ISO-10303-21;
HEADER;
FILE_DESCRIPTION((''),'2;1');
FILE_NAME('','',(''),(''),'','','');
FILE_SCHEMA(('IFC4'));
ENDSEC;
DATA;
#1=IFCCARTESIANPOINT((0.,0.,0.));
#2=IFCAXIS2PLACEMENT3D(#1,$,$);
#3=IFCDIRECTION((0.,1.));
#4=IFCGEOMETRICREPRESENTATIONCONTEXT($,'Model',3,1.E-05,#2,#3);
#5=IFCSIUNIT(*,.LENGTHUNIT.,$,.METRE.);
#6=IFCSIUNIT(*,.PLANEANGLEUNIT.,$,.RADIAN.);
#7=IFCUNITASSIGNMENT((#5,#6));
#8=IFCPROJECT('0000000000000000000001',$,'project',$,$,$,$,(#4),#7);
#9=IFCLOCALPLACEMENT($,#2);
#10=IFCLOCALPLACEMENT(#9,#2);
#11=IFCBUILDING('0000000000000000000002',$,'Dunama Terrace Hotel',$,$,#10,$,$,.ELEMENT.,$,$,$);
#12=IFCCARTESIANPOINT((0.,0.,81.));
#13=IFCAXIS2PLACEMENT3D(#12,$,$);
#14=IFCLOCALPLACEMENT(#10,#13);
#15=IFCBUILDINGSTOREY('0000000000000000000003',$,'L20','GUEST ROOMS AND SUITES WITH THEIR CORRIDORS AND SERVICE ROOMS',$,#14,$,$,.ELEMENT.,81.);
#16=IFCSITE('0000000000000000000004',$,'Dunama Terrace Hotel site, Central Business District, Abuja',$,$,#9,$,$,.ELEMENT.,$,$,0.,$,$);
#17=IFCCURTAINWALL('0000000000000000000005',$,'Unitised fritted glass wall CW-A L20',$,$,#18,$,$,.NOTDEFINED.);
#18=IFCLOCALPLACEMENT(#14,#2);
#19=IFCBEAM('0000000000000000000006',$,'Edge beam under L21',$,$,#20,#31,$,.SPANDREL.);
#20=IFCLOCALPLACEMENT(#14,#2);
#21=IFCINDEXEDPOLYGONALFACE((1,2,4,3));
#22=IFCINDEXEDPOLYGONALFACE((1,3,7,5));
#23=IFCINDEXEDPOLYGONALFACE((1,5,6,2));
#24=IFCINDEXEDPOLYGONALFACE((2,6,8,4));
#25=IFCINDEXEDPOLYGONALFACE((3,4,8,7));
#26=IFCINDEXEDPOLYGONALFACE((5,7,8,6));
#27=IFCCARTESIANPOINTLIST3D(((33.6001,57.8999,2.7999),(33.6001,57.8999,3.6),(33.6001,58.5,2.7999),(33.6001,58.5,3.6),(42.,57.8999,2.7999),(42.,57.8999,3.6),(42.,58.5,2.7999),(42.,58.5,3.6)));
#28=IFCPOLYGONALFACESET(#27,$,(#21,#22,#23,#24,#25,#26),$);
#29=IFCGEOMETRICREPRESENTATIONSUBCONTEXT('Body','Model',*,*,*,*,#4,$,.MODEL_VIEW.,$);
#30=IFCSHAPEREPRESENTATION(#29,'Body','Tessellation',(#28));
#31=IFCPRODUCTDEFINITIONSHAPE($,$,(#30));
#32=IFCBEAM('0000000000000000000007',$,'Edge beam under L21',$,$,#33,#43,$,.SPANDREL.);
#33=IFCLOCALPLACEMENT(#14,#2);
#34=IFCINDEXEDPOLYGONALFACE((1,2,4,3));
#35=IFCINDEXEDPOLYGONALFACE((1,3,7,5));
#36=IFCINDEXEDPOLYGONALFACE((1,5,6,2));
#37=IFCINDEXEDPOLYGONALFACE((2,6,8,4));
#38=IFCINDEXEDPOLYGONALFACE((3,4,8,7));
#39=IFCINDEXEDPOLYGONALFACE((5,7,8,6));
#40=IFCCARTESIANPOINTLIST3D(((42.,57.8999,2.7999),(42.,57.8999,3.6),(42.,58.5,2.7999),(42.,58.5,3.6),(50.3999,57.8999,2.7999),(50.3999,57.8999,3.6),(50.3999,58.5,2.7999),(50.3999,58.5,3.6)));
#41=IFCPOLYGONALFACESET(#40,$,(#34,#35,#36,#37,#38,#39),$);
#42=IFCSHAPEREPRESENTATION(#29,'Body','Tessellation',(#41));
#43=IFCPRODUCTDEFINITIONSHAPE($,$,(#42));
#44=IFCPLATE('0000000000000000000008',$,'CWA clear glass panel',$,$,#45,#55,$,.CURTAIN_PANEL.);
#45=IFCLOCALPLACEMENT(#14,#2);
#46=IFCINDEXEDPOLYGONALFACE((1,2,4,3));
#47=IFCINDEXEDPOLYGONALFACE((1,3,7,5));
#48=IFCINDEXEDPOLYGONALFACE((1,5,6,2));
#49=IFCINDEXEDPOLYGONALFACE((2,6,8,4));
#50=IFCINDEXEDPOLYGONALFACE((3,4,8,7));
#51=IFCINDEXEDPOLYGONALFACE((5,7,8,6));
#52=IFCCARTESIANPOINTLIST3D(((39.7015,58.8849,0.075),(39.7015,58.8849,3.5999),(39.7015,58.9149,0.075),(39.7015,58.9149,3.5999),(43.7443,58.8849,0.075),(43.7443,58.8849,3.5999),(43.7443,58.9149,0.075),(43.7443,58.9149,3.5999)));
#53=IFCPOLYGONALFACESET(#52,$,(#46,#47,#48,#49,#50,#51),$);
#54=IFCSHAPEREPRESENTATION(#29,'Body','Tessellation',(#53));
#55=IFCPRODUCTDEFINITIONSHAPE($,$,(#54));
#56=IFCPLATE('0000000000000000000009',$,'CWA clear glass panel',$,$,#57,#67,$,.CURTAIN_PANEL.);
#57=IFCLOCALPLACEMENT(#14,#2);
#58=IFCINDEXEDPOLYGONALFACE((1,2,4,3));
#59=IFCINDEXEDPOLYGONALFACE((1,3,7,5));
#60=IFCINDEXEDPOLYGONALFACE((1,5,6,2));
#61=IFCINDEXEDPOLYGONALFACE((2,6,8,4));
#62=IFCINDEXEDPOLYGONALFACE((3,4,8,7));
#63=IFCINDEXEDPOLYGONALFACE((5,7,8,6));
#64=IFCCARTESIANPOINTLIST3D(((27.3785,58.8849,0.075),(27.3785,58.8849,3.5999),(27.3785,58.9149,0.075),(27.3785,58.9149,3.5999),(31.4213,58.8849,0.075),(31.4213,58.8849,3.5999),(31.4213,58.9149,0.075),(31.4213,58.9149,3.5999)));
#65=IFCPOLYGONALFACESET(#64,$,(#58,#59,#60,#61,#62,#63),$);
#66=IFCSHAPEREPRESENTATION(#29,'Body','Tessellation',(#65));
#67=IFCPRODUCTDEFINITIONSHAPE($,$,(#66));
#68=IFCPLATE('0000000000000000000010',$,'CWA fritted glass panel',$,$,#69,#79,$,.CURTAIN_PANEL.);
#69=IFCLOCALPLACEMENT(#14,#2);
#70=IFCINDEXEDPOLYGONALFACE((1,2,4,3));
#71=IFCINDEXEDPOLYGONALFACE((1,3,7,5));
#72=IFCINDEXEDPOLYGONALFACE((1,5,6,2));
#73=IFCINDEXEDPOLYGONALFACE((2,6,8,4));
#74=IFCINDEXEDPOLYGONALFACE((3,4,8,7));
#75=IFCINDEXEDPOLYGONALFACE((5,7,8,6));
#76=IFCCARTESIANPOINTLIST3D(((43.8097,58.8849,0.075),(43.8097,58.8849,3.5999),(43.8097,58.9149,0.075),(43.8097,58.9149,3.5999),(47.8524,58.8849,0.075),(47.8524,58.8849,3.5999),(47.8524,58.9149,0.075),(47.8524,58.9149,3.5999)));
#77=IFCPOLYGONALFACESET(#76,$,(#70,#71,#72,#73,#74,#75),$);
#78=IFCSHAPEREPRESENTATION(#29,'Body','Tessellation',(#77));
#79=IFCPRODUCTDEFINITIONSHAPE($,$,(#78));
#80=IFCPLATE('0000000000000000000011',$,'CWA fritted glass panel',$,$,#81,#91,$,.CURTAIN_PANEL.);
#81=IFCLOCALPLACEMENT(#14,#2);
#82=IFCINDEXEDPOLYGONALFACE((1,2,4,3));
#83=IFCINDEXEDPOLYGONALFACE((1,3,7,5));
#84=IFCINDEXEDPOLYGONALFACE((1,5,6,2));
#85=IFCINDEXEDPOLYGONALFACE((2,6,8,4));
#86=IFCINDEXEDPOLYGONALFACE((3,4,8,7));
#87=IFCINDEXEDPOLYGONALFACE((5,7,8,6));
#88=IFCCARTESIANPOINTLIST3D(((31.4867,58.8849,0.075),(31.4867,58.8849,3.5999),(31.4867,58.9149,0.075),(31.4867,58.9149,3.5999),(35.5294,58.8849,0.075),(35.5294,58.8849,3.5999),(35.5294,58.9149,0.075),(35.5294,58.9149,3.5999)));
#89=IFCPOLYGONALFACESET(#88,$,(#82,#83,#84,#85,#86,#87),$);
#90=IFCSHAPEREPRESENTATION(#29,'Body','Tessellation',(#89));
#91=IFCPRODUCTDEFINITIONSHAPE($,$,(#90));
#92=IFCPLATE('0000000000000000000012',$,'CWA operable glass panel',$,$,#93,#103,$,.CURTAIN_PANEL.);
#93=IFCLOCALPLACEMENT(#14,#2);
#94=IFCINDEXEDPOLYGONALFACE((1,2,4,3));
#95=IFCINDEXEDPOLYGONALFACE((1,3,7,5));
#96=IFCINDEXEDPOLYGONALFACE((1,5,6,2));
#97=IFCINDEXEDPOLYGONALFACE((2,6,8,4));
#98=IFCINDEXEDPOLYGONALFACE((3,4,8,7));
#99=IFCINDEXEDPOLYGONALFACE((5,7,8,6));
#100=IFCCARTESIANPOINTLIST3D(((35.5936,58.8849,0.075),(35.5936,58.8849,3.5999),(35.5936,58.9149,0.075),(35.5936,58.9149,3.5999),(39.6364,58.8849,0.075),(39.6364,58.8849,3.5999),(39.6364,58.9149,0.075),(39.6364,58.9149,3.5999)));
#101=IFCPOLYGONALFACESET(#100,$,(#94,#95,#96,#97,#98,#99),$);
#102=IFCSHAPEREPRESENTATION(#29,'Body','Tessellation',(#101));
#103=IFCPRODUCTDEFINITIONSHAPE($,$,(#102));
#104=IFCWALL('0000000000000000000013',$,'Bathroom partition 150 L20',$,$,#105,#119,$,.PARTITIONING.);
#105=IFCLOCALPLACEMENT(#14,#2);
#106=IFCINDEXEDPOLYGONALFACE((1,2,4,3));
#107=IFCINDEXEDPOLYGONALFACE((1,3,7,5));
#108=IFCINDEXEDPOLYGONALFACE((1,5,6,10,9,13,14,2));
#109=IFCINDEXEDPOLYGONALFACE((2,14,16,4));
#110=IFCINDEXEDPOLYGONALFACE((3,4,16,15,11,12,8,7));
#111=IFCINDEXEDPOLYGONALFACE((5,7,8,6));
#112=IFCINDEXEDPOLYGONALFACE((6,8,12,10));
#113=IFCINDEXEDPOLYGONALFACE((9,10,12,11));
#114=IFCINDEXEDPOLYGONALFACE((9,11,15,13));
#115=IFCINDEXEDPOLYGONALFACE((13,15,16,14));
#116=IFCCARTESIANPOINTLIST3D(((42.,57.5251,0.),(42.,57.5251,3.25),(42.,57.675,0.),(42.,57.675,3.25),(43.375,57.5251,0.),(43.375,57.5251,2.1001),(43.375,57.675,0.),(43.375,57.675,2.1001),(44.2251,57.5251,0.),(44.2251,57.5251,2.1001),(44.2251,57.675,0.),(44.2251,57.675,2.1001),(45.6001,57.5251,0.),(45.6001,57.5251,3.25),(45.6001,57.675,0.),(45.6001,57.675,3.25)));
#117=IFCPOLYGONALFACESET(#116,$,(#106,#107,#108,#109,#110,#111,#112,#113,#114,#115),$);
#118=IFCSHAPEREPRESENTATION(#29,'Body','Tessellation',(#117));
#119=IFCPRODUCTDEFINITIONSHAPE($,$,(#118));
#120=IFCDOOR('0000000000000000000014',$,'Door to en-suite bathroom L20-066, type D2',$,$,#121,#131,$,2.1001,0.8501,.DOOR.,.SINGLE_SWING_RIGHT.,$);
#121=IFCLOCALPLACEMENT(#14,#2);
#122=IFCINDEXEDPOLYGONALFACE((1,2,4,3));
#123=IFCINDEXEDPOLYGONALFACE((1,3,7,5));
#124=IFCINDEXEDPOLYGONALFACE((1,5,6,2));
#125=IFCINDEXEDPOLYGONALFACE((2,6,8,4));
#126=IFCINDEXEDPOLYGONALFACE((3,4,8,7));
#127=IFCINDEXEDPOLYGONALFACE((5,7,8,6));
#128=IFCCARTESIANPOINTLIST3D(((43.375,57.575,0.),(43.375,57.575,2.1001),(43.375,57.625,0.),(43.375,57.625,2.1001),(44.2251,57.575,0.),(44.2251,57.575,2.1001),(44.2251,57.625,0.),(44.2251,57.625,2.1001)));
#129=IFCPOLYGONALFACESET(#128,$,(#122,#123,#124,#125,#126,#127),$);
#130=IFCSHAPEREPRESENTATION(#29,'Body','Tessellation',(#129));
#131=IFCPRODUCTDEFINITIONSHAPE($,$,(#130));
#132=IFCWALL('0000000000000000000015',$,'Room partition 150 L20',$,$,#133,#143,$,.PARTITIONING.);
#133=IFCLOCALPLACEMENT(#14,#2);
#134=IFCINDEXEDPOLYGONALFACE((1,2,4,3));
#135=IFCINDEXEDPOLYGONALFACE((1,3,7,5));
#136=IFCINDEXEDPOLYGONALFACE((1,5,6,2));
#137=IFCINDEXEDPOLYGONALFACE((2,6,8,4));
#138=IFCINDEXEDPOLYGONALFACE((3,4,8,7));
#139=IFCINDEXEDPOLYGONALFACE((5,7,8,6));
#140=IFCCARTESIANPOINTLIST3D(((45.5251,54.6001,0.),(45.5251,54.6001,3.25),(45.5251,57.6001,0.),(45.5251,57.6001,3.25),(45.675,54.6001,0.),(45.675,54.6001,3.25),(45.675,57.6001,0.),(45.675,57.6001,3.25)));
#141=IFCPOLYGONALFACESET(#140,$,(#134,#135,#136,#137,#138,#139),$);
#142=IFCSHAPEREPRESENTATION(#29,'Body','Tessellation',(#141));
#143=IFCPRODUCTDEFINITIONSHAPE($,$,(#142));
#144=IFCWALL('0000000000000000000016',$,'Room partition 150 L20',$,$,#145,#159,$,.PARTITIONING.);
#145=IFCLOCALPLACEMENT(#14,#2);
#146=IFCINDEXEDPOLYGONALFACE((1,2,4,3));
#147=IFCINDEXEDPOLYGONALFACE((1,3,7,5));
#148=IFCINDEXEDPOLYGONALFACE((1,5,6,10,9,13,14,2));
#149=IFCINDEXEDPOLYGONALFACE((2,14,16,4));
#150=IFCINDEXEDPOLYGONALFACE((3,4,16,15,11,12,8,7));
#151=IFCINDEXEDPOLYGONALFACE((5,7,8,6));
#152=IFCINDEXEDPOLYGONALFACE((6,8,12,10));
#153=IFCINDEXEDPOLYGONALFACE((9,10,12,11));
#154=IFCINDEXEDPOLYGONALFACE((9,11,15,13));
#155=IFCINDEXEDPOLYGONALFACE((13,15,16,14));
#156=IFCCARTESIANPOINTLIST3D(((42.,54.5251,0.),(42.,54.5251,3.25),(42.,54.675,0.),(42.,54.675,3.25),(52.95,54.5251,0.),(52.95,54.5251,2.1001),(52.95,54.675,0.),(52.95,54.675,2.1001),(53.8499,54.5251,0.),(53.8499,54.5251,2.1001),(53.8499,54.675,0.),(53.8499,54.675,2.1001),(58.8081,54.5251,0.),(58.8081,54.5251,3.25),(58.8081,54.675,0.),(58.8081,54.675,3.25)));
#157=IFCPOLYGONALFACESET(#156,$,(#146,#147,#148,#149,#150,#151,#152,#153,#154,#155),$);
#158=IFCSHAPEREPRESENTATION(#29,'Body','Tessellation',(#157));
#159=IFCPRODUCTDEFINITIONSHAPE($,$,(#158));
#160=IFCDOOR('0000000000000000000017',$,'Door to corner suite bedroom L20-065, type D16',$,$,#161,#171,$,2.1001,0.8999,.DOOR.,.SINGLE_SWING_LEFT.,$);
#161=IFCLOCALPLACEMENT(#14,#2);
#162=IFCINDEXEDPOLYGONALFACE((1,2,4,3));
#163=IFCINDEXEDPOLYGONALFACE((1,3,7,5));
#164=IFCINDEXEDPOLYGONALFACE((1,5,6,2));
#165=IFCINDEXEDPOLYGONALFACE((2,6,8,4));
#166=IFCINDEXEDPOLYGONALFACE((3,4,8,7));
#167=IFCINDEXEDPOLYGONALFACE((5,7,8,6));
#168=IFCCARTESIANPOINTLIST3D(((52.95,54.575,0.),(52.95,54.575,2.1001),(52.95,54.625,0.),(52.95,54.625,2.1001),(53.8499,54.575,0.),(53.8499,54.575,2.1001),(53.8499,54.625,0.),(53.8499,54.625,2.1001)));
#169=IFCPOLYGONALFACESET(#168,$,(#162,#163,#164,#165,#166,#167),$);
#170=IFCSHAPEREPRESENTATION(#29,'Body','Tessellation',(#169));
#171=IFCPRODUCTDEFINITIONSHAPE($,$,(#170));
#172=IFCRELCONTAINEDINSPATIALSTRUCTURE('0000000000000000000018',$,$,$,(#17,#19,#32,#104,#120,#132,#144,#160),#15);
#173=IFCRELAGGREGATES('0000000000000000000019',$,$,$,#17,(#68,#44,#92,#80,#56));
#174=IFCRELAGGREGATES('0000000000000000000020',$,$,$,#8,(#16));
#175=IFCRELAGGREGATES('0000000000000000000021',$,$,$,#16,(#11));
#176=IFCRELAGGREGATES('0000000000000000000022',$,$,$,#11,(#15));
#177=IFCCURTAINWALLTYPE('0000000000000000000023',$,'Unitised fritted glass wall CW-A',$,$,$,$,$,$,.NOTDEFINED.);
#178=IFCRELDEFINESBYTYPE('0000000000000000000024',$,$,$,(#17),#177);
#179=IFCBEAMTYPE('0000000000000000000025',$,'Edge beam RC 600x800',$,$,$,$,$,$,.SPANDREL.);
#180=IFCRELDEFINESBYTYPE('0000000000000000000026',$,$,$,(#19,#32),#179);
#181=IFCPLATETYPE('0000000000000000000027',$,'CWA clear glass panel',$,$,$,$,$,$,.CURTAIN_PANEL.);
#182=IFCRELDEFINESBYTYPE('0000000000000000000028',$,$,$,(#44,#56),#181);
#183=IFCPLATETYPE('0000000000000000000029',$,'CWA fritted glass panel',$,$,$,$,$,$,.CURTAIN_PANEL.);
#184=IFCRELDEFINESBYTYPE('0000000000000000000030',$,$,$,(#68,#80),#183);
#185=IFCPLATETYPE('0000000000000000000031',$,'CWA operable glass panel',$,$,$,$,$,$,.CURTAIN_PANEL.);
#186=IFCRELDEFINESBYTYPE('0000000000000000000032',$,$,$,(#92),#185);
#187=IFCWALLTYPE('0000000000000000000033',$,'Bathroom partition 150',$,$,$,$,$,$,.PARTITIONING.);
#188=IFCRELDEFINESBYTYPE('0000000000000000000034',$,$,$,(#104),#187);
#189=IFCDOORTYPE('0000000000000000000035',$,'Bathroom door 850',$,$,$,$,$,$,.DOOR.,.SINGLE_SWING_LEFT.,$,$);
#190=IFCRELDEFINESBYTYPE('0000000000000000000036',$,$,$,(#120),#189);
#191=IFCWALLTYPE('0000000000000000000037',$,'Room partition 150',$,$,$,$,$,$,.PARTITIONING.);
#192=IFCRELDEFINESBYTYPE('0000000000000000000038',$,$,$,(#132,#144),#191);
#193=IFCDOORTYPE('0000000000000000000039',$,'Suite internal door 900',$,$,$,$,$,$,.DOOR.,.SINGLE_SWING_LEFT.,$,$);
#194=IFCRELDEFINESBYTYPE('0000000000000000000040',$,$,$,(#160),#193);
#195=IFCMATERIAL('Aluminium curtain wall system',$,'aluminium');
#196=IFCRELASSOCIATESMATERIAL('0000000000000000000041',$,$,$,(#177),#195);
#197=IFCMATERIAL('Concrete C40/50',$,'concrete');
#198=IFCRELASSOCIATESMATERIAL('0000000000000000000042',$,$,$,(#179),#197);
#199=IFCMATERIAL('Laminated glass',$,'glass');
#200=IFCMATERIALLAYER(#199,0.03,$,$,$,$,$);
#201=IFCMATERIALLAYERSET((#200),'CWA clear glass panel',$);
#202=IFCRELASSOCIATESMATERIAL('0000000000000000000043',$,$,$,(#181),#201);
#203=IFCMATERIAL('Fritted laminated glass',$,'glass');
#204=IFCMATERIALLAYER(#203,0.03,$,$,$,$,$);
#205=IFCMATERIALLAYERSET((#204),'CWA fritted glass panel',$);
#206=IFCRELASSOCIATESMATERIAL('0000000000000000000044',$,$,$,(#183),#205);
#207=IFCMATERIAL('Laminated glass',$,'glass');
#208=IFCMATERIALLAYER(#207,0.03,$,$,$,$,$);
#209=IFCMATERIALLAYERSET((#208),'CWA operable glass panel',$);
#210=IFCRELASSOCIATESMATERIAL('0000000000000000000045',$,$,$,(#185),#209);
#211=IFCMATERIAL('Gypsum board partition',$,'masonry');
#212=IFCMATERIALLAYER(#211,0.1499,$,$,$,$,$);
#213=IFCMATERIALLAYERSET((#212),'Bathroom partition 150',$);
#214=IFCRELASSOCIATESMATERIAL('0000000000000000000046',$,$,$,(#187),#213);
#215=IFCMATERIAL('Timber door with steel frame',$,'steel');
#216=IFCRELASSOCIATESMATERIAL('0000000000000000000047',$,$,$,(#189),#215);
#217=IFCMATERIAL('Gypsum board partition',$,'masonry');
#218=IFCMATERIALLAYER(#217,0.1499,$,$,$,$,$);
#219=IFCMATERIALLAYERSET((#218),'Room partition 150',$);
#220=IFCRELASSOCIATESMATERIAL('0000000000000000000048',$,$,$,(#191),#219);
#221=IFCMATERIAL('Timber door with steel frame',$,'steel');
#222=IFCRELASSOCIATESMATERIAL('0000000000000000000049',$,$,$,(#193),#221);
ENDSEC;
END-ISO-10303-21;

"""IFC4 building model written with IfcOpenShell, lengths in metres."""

from ifc_helpers import new_model, si_unit, direction, frame, frame_2d, origin, origin_2d, place, context, subcontext, project, spatial, rectangle, extrude, material, layer, layer_set, material_profile, profile_set, type_object, element, fill, aggregate, save


model = new_model("IFC4")

# Units and contexts
model_context = context("Model", 3, precision=1e-05, world=origin(), true_north=direction((0.0, 1.0)))
body_context = subcontext(model_context, "Body", "Model", "MODEL_VIEW")
ifc_project = project(units=[si_unit("LENGTHUNIT", "METRE"), si_unit("PLANEANGLEUNIT", "RADIAN")], contexts=[model_context])

# Site, building, storey
site_placement = place(None, origin())
site = spatial("IfcSite", under=ifc_project, at=site_placement, Name="Dunama Terrace Hotel site, Central Business District, Abuja", CompositionType="ELEMENT", RefElevation=0.0)
building_placement = place(site_placement, origin())
building = spatial("IfcBuilding", under=site, at=building_placement, Name="Dunama Terrace Hotel", CompositionType="ELEMENT")
storey_placement = place(building_placement, frame((0.0, 0.0, 81.0)))
storey = spatial("IfcBuildingStorey", under=building, at=storey_placement, Name="L20", Description="GUEST ROOMS AND SUITES WITH THEIR CORRIDORS AND SERVICE ROOMS", CompositionType="ELEMENT", Elevation=81.0)

# Curtain wall
ifc_material_1 = material(Name="Aluminium curtain wall system", Category="aluminium")
curtain_wall_type = type_object("IfcCurtainWallType", Name="Unitised fritted glass wall CW-A", PredefinedType="NOTDEFINED", material=ifc_material_1)
curtain_wall_placement = place(storey_placement, origin())
curtain_wall = element("IfcCurtainWall", 1, at=curtain_wall_placement, inside=storey, type_object=curtain_wall_type, Name="Unitised fritted glass wall CW-A L20", PredefinedType="NOTDEFINED")

# Beams
ifc_material_2 = material(Name="Concrete C40/50", Category="concrete")
ifc_material_profile_1 = material_profile(ifc_material_2, rectangle(XDim=0.6001, YDim=0.8, at=origin_2d()), Name="RC 600x800")
ifc_profile_set_1 = profile_set([ifc_material_profile_1], Name="Concrete C40/50")
beam_type = type_object("IfcBeamType", Name="Edge beam RC 600x800", PredefinedType="SPANDREL", material=ifc_profile_set_1)
for number, where, z_axis, x_axis, name in (
    (2, (33.6001, 58.2, 3.2), (1.0, 0.0, 0.0), (0.0, 1.0, 0.0), "Edge beam under L21"),
    (3, (42.0, 58.2, 3.2), (1.0, 0.0, 0.0), (0.0, 1.0, 0.0), "Edge beam under L21"),
):
    element("IfcBeam", number, at=place(storey_placement, frame(where, z_axis=z_axis, x_axis=x_axis)), inside=storey, type_object=beam_type, Name=name, PredefinedType="SPANDREL", context=body_context, shape_type="SweptSolid", body=[
        extrude(rectangle(XDim=0.6001, YDim=0.8, at=origin_2d()), origin(), (0.0, 0.0, 1.0), 8.3999),
    ])

# Plates
ifc_material_3 = material(Name="Laminated glass", Category="glass")
ifc_layer_1 = layer(ifc_material_3, 0.03)
ifc_layer_set_1 = layer_set([ifc_layer_1], Name="CWA clear glass panel")
plate_type_1 = type_object("IfcPlateType", Name="CWA clear glass panel", PredefinedType="CURTAIN_PANEL", material=ifc_layer_set_1)
plate_1_placement = place(storey_placement, frame((41.7229, 58.8999, 0.075), z_axis=(0.0, 0.0, 1.0), x_axis=(-1.0, 0.0, 0.0)))
plate_1 = element("IfcPlate", 4, at=plate_1_placement, type_object=plate_type_1, Name="CWA clear glass panel", PredefinedType="CURTAIN_PANEL", context=body_context, shape_type="SweptSolid", body=[
    extrude(rectangle(XDim=4.0427, YDim=0.03, at=origin_2d()), origin(), (0.0, 0.0, 1.0), 3.5249),
])
plate_2_placement = place(storey_placement, frame((29.3999, 58.8999, 0.075), z_axis=(0.0, 0.0, 1.0), x_axis=(-1.0, 0.0, 0.0)))
plate_2 = element("IfcPlate", 5, at=plate_2_placement, type_object=plate_type_1, Name="CWA clear glass panel", PredefinedType="CURTAIN_PANEL", context=body_context, shape_type="SweptSolid", body=[
    extrude(rectangle(XDim=4.0427, YDim=0.03, at=origin_2d()), origin(), (0.0, 0.0, 1.0), 3.5249),
])
ifc_material_4 = material(Name="Fritted laminated glass", Category="glass")
ifc_layer_2 = layer(ifc_material_4, 0.03)
ifc_layer_set_2 = layer_set([ifc_layer_2], Name="CWA fritted glass panel")
plate_type_2 = type_object("IfcPlateType", Name="CWA fritted glass panel", PredefinedType="CURTAIN_PANEL", material=ifc_layer_set_2)
plate_3_placement = place(storey_placement, frame((45.8311, 58.8999, 0.075), z_axis=(0.0, 0.0, 1.0), x_axis=(-1.0, 0.0, 0.0)))
plate_3 = element("IfcPlate", 6, at=plate_3_placement, type_object=plate_type_2, Name="CWA fritted glass panel", PredefinedType="CURTAIN_PANEL", context=body_context, shape_type="SweptSolid", body=[
    extrude(rectangle(XDim=4.0427, YDim=0.03, at=origin_2d()), origin(), (0.0, 0.0, 1.0), 3.5249),
])
plate_4_placement = place(storey_placement, frame((33.5081, 58.8999, 0.075), z_axis=(0.0, 0.0, 1.0), x_axis=(-1.0, 0.0, 0.0)))
plate_4 = element("IfcPlate", 7, at=plate_4_placement, type_object=plate_type_2, Name="CWA fritted glass panel", PredefinedType="CURTAIN_PANEL", context=body_context, shape_type="SweptSolid", body=[
    extrude(rectangle(XDim=4.0427, YDim=0.03, at=origin_2d()), origin(), (0.0, 0.0, 1.0), 3.5249),
])
ifc_material_5 = material(Name="Laminated glass", Category="glass")
ifc_layer_3 = layer(ifc_material_5, 0.03)
ifc_layer_set_3 = layer_set([ifc_layer_3], Name="CWA operable glass panel")
plate_type_3 = type_object("IfcPlateType", Name="CWA operable glass panel", PredefinedType="CURTAIN_PANEL", material=ifc_layer_set_3)
plate_5_placement = place(storey_placement, frame((37.615, 58.8999, 0.075), z_axis=(0.0, 0.0, 1.0), x_axis=(-1.0, 0.0, 0.0)))
plate_5 = element("IfcPlate", 8, at=plate_5_placement, type_object=plate_type_3, Name="CWA operable glass panel", PredefinedType="CURTAIN_PANEL", context=body_context, shape_type="SweptSolid", body=[
    extrude(rectangle(XDim=4.0427, YDim=0.03, at=origin_2d()), origin(), (0.0, 0.0, 1.0), 3.5249),
])
aggregate(curtain_wall, [plate_3, plate_1, plate_5, plate_4, plate_2])

# Wall, opening, door
ifc_material_6 = material(Name="Gypsum board partition", Category="masonry")
ifc_layer_4 = layer(ifc_material_6, 0.1499)
ifc_layer_set_4 = layer_set([ifc_layer_4], Name="Bathroom partition 150")
wall_type_1 = type_object("IfcWallType", Name="Bathroom partition 150", PredefinedType="PARTITIONING", material=ifc_layer_set_4)
wall_1_placement = place(storey_placement, frame((42.0, 57.6001, 0.0), z_axis=(0.0, 0.0, 1.0), x_axis=(1.0, 0.0, 0.0)))
wall_1 = element("IfcWall", 9, at=wall_1_placement, inside=storey, type_object=wall_type_1, Name="Bathroom partition 150 L20", PredefinedType="PARTITIONING", context=body_context, shape_type="SweptSolid", body=[
    extrude(rectangle(XDim=3.6001, YDim=0.1499, at=frame_2d((1.8, 0.0))), origin(), (0.0, 0.0, 1.0), 3.25),
])
opening_1_placement = place(wall_1_placement, frame((1.375, 0.0, 0.0)))
opening_1 = element("IfcOpeningElement", 10, at=opening_1_placement, cuts=wall_1, PredefinedType="OPENING", context=body_context, shape_type="SweptSolid", body=[
    extrude(rectangle(XDim=0.8501, YDim=2.1001, at=frame_2d((0.425, 1.05))), frame((0.0, 0.085, 0.0), z_axis=(0.0, -1.0, 0.0), x_axis=(1.0, 0.0, 0.0)), (0.0, 0.0, 1.0), 0.1699),
])
ifc_material_7 = material(Name="Timber door with steel frame", Category="steel")
door_type_1 = type_object("IfcDoorType", Name="Bathroom door 850", OperationType="SINGLE_SWING_LEFT", PredefinedType="DOOR", material=ifc_material_7)
door_1_placement = place(opening_1_placement, frame((0.8501, 0.0, 0.0), z_axis=(0.0, 0.0, 1.0), x_axis=(-1.0, 0.0, 0.0)))
door_1 = element("IfcDoor", 11, at=door_1_placement, inside=storey, type_object=door_type_1, Name="Door to en-suite bathroom L20-066, type D2", OperationType="SINGLE_SWING_RIGHT", OverallHeight=2.1001, OverallWidth=0.8501, PredefinedType="DOOR", context=body_context, shape_type="SweptSolid", body=[
    extrude(rectangle(XDim=0.8501, YDim=2.1001, at=frame_2d((0.425, 1.05))), frame((0.0, 0.0251, 0.0), z_axis=(0.0, -1.0, 0.0), x_axis=(1.0, 0.0, 0.0)), (0.0, 0.0, 1.0), 0.05),
])
fill(opening_1, door_1)

# Wall
ifc_material_8 = material(Name="Gypsum board partition", Category="masonry")
ifc_layer_5 = layer(ifc_material_8, 0.1499)
ifc_layer_set_5 = layer_set([ifc_layer_5], Name="Room partition 150")
wall_type_2 = type_object("IfcWallType", Name="Room partition 150", PredefinedType="PARTITIONING", material=ifc_layer_set_5)
wall_2_placement = place(storey_placement, frame((45.6001, 54.6001, 0.0), z_axis=(0.0, 0.0, 1.0), x_axis=(0.0, 1.0, 0.0)))
element("IfcWall", 12, at=wall_2_placement, inside=storey, type_object=wall_type_2, Name="Room partition 150 L20", PredefinedType="PARTITIONING", context=body_context, shape_type="SweptSolid", body=[
    extrude(rectangle(XDim=3.0, YDim=0.1499, at=frame_2d((1.5, 0.0))), origin(), (0.0, 0.0, 1.0), 3.25),
])

# Wall, opening, door
wall_3_placement = place(storey_placement, frame((42.0, 54.6001, 0.0), z_axis=(0.0, 0.0, 1.0), x_axis=(1.0, 0.0, 0.0)))
wall_3 = element("IfcWall", 13, at=wall_3_placement, inside=storey, type_object=wall_type_2, Name="Room partition 150 L20", PredefinedType="PARTITIONING", context=body_context, shape_type="SweptSolid", body=[
    extrude(rectangle(XDim=16.8081, YDim=0.1499, at=frame_2d((8.4041, 0.0))), origin(), (0.0, 0.0, 1.0), 3.25),
])
opening_2_placement = place(wall_3_placement, frame((10.95, 0.0, 0.0)))
opening_2 = element("IfcOpeningElement", 14, at=opening_2_placement, cuts=wall_3, PredefinedType="OPENING", context=body_context, shape_type="SweptSolid", body=[
    extrude(rectangle(XDim=0.8999, YDim=2.1001, at=frame_2d((0.45, 1.05))), frame((0.0, 0.085, 0.0), z_axis=(0.0, -1.0, 0.0), x_axis=(1.0, 0.0, 0.0)), (0.0, 0.0, 1.0), 0.1699),
])
ifc_material_9 = material(Name="Timber door with steel frame", Category="steel")
door_type_2 = type_object("IfcDoorType", Name="Suite internal door 900", OperationType="SINGLE_SWING_LEFT", PredefinedType="DOOR", material=ifc_material_9)
door_2_placement = place(opening_2_placement, origin())
door_2 = element("IfcDoor", 15, at=door_2_placement, inside=storey, type_object=door_type_2, Name="Door to corner suite bedroom L20-065, type D16", OperationType="SINGLE_SWING_LEFT", OverallHeight=2.1001, OverallWidth=0.8999, PredefinedType="DOOR", context=body_context, shape_type="SweptSolid", body=[
    extrude(rectangle(XDim=0.8999, YDim=2.1001, at=frame_2d((0.45, 1.05))), frame((0.0, 0.0249, 0.0), z_axis=(0.0, -1.0, 0.0), x_axis=(1.0, 0.0, 0.0)), (0.0, 0.0, 1.0), 0.05),
])
fill(opening_2, door_2)

save(model, "model.ifc")
